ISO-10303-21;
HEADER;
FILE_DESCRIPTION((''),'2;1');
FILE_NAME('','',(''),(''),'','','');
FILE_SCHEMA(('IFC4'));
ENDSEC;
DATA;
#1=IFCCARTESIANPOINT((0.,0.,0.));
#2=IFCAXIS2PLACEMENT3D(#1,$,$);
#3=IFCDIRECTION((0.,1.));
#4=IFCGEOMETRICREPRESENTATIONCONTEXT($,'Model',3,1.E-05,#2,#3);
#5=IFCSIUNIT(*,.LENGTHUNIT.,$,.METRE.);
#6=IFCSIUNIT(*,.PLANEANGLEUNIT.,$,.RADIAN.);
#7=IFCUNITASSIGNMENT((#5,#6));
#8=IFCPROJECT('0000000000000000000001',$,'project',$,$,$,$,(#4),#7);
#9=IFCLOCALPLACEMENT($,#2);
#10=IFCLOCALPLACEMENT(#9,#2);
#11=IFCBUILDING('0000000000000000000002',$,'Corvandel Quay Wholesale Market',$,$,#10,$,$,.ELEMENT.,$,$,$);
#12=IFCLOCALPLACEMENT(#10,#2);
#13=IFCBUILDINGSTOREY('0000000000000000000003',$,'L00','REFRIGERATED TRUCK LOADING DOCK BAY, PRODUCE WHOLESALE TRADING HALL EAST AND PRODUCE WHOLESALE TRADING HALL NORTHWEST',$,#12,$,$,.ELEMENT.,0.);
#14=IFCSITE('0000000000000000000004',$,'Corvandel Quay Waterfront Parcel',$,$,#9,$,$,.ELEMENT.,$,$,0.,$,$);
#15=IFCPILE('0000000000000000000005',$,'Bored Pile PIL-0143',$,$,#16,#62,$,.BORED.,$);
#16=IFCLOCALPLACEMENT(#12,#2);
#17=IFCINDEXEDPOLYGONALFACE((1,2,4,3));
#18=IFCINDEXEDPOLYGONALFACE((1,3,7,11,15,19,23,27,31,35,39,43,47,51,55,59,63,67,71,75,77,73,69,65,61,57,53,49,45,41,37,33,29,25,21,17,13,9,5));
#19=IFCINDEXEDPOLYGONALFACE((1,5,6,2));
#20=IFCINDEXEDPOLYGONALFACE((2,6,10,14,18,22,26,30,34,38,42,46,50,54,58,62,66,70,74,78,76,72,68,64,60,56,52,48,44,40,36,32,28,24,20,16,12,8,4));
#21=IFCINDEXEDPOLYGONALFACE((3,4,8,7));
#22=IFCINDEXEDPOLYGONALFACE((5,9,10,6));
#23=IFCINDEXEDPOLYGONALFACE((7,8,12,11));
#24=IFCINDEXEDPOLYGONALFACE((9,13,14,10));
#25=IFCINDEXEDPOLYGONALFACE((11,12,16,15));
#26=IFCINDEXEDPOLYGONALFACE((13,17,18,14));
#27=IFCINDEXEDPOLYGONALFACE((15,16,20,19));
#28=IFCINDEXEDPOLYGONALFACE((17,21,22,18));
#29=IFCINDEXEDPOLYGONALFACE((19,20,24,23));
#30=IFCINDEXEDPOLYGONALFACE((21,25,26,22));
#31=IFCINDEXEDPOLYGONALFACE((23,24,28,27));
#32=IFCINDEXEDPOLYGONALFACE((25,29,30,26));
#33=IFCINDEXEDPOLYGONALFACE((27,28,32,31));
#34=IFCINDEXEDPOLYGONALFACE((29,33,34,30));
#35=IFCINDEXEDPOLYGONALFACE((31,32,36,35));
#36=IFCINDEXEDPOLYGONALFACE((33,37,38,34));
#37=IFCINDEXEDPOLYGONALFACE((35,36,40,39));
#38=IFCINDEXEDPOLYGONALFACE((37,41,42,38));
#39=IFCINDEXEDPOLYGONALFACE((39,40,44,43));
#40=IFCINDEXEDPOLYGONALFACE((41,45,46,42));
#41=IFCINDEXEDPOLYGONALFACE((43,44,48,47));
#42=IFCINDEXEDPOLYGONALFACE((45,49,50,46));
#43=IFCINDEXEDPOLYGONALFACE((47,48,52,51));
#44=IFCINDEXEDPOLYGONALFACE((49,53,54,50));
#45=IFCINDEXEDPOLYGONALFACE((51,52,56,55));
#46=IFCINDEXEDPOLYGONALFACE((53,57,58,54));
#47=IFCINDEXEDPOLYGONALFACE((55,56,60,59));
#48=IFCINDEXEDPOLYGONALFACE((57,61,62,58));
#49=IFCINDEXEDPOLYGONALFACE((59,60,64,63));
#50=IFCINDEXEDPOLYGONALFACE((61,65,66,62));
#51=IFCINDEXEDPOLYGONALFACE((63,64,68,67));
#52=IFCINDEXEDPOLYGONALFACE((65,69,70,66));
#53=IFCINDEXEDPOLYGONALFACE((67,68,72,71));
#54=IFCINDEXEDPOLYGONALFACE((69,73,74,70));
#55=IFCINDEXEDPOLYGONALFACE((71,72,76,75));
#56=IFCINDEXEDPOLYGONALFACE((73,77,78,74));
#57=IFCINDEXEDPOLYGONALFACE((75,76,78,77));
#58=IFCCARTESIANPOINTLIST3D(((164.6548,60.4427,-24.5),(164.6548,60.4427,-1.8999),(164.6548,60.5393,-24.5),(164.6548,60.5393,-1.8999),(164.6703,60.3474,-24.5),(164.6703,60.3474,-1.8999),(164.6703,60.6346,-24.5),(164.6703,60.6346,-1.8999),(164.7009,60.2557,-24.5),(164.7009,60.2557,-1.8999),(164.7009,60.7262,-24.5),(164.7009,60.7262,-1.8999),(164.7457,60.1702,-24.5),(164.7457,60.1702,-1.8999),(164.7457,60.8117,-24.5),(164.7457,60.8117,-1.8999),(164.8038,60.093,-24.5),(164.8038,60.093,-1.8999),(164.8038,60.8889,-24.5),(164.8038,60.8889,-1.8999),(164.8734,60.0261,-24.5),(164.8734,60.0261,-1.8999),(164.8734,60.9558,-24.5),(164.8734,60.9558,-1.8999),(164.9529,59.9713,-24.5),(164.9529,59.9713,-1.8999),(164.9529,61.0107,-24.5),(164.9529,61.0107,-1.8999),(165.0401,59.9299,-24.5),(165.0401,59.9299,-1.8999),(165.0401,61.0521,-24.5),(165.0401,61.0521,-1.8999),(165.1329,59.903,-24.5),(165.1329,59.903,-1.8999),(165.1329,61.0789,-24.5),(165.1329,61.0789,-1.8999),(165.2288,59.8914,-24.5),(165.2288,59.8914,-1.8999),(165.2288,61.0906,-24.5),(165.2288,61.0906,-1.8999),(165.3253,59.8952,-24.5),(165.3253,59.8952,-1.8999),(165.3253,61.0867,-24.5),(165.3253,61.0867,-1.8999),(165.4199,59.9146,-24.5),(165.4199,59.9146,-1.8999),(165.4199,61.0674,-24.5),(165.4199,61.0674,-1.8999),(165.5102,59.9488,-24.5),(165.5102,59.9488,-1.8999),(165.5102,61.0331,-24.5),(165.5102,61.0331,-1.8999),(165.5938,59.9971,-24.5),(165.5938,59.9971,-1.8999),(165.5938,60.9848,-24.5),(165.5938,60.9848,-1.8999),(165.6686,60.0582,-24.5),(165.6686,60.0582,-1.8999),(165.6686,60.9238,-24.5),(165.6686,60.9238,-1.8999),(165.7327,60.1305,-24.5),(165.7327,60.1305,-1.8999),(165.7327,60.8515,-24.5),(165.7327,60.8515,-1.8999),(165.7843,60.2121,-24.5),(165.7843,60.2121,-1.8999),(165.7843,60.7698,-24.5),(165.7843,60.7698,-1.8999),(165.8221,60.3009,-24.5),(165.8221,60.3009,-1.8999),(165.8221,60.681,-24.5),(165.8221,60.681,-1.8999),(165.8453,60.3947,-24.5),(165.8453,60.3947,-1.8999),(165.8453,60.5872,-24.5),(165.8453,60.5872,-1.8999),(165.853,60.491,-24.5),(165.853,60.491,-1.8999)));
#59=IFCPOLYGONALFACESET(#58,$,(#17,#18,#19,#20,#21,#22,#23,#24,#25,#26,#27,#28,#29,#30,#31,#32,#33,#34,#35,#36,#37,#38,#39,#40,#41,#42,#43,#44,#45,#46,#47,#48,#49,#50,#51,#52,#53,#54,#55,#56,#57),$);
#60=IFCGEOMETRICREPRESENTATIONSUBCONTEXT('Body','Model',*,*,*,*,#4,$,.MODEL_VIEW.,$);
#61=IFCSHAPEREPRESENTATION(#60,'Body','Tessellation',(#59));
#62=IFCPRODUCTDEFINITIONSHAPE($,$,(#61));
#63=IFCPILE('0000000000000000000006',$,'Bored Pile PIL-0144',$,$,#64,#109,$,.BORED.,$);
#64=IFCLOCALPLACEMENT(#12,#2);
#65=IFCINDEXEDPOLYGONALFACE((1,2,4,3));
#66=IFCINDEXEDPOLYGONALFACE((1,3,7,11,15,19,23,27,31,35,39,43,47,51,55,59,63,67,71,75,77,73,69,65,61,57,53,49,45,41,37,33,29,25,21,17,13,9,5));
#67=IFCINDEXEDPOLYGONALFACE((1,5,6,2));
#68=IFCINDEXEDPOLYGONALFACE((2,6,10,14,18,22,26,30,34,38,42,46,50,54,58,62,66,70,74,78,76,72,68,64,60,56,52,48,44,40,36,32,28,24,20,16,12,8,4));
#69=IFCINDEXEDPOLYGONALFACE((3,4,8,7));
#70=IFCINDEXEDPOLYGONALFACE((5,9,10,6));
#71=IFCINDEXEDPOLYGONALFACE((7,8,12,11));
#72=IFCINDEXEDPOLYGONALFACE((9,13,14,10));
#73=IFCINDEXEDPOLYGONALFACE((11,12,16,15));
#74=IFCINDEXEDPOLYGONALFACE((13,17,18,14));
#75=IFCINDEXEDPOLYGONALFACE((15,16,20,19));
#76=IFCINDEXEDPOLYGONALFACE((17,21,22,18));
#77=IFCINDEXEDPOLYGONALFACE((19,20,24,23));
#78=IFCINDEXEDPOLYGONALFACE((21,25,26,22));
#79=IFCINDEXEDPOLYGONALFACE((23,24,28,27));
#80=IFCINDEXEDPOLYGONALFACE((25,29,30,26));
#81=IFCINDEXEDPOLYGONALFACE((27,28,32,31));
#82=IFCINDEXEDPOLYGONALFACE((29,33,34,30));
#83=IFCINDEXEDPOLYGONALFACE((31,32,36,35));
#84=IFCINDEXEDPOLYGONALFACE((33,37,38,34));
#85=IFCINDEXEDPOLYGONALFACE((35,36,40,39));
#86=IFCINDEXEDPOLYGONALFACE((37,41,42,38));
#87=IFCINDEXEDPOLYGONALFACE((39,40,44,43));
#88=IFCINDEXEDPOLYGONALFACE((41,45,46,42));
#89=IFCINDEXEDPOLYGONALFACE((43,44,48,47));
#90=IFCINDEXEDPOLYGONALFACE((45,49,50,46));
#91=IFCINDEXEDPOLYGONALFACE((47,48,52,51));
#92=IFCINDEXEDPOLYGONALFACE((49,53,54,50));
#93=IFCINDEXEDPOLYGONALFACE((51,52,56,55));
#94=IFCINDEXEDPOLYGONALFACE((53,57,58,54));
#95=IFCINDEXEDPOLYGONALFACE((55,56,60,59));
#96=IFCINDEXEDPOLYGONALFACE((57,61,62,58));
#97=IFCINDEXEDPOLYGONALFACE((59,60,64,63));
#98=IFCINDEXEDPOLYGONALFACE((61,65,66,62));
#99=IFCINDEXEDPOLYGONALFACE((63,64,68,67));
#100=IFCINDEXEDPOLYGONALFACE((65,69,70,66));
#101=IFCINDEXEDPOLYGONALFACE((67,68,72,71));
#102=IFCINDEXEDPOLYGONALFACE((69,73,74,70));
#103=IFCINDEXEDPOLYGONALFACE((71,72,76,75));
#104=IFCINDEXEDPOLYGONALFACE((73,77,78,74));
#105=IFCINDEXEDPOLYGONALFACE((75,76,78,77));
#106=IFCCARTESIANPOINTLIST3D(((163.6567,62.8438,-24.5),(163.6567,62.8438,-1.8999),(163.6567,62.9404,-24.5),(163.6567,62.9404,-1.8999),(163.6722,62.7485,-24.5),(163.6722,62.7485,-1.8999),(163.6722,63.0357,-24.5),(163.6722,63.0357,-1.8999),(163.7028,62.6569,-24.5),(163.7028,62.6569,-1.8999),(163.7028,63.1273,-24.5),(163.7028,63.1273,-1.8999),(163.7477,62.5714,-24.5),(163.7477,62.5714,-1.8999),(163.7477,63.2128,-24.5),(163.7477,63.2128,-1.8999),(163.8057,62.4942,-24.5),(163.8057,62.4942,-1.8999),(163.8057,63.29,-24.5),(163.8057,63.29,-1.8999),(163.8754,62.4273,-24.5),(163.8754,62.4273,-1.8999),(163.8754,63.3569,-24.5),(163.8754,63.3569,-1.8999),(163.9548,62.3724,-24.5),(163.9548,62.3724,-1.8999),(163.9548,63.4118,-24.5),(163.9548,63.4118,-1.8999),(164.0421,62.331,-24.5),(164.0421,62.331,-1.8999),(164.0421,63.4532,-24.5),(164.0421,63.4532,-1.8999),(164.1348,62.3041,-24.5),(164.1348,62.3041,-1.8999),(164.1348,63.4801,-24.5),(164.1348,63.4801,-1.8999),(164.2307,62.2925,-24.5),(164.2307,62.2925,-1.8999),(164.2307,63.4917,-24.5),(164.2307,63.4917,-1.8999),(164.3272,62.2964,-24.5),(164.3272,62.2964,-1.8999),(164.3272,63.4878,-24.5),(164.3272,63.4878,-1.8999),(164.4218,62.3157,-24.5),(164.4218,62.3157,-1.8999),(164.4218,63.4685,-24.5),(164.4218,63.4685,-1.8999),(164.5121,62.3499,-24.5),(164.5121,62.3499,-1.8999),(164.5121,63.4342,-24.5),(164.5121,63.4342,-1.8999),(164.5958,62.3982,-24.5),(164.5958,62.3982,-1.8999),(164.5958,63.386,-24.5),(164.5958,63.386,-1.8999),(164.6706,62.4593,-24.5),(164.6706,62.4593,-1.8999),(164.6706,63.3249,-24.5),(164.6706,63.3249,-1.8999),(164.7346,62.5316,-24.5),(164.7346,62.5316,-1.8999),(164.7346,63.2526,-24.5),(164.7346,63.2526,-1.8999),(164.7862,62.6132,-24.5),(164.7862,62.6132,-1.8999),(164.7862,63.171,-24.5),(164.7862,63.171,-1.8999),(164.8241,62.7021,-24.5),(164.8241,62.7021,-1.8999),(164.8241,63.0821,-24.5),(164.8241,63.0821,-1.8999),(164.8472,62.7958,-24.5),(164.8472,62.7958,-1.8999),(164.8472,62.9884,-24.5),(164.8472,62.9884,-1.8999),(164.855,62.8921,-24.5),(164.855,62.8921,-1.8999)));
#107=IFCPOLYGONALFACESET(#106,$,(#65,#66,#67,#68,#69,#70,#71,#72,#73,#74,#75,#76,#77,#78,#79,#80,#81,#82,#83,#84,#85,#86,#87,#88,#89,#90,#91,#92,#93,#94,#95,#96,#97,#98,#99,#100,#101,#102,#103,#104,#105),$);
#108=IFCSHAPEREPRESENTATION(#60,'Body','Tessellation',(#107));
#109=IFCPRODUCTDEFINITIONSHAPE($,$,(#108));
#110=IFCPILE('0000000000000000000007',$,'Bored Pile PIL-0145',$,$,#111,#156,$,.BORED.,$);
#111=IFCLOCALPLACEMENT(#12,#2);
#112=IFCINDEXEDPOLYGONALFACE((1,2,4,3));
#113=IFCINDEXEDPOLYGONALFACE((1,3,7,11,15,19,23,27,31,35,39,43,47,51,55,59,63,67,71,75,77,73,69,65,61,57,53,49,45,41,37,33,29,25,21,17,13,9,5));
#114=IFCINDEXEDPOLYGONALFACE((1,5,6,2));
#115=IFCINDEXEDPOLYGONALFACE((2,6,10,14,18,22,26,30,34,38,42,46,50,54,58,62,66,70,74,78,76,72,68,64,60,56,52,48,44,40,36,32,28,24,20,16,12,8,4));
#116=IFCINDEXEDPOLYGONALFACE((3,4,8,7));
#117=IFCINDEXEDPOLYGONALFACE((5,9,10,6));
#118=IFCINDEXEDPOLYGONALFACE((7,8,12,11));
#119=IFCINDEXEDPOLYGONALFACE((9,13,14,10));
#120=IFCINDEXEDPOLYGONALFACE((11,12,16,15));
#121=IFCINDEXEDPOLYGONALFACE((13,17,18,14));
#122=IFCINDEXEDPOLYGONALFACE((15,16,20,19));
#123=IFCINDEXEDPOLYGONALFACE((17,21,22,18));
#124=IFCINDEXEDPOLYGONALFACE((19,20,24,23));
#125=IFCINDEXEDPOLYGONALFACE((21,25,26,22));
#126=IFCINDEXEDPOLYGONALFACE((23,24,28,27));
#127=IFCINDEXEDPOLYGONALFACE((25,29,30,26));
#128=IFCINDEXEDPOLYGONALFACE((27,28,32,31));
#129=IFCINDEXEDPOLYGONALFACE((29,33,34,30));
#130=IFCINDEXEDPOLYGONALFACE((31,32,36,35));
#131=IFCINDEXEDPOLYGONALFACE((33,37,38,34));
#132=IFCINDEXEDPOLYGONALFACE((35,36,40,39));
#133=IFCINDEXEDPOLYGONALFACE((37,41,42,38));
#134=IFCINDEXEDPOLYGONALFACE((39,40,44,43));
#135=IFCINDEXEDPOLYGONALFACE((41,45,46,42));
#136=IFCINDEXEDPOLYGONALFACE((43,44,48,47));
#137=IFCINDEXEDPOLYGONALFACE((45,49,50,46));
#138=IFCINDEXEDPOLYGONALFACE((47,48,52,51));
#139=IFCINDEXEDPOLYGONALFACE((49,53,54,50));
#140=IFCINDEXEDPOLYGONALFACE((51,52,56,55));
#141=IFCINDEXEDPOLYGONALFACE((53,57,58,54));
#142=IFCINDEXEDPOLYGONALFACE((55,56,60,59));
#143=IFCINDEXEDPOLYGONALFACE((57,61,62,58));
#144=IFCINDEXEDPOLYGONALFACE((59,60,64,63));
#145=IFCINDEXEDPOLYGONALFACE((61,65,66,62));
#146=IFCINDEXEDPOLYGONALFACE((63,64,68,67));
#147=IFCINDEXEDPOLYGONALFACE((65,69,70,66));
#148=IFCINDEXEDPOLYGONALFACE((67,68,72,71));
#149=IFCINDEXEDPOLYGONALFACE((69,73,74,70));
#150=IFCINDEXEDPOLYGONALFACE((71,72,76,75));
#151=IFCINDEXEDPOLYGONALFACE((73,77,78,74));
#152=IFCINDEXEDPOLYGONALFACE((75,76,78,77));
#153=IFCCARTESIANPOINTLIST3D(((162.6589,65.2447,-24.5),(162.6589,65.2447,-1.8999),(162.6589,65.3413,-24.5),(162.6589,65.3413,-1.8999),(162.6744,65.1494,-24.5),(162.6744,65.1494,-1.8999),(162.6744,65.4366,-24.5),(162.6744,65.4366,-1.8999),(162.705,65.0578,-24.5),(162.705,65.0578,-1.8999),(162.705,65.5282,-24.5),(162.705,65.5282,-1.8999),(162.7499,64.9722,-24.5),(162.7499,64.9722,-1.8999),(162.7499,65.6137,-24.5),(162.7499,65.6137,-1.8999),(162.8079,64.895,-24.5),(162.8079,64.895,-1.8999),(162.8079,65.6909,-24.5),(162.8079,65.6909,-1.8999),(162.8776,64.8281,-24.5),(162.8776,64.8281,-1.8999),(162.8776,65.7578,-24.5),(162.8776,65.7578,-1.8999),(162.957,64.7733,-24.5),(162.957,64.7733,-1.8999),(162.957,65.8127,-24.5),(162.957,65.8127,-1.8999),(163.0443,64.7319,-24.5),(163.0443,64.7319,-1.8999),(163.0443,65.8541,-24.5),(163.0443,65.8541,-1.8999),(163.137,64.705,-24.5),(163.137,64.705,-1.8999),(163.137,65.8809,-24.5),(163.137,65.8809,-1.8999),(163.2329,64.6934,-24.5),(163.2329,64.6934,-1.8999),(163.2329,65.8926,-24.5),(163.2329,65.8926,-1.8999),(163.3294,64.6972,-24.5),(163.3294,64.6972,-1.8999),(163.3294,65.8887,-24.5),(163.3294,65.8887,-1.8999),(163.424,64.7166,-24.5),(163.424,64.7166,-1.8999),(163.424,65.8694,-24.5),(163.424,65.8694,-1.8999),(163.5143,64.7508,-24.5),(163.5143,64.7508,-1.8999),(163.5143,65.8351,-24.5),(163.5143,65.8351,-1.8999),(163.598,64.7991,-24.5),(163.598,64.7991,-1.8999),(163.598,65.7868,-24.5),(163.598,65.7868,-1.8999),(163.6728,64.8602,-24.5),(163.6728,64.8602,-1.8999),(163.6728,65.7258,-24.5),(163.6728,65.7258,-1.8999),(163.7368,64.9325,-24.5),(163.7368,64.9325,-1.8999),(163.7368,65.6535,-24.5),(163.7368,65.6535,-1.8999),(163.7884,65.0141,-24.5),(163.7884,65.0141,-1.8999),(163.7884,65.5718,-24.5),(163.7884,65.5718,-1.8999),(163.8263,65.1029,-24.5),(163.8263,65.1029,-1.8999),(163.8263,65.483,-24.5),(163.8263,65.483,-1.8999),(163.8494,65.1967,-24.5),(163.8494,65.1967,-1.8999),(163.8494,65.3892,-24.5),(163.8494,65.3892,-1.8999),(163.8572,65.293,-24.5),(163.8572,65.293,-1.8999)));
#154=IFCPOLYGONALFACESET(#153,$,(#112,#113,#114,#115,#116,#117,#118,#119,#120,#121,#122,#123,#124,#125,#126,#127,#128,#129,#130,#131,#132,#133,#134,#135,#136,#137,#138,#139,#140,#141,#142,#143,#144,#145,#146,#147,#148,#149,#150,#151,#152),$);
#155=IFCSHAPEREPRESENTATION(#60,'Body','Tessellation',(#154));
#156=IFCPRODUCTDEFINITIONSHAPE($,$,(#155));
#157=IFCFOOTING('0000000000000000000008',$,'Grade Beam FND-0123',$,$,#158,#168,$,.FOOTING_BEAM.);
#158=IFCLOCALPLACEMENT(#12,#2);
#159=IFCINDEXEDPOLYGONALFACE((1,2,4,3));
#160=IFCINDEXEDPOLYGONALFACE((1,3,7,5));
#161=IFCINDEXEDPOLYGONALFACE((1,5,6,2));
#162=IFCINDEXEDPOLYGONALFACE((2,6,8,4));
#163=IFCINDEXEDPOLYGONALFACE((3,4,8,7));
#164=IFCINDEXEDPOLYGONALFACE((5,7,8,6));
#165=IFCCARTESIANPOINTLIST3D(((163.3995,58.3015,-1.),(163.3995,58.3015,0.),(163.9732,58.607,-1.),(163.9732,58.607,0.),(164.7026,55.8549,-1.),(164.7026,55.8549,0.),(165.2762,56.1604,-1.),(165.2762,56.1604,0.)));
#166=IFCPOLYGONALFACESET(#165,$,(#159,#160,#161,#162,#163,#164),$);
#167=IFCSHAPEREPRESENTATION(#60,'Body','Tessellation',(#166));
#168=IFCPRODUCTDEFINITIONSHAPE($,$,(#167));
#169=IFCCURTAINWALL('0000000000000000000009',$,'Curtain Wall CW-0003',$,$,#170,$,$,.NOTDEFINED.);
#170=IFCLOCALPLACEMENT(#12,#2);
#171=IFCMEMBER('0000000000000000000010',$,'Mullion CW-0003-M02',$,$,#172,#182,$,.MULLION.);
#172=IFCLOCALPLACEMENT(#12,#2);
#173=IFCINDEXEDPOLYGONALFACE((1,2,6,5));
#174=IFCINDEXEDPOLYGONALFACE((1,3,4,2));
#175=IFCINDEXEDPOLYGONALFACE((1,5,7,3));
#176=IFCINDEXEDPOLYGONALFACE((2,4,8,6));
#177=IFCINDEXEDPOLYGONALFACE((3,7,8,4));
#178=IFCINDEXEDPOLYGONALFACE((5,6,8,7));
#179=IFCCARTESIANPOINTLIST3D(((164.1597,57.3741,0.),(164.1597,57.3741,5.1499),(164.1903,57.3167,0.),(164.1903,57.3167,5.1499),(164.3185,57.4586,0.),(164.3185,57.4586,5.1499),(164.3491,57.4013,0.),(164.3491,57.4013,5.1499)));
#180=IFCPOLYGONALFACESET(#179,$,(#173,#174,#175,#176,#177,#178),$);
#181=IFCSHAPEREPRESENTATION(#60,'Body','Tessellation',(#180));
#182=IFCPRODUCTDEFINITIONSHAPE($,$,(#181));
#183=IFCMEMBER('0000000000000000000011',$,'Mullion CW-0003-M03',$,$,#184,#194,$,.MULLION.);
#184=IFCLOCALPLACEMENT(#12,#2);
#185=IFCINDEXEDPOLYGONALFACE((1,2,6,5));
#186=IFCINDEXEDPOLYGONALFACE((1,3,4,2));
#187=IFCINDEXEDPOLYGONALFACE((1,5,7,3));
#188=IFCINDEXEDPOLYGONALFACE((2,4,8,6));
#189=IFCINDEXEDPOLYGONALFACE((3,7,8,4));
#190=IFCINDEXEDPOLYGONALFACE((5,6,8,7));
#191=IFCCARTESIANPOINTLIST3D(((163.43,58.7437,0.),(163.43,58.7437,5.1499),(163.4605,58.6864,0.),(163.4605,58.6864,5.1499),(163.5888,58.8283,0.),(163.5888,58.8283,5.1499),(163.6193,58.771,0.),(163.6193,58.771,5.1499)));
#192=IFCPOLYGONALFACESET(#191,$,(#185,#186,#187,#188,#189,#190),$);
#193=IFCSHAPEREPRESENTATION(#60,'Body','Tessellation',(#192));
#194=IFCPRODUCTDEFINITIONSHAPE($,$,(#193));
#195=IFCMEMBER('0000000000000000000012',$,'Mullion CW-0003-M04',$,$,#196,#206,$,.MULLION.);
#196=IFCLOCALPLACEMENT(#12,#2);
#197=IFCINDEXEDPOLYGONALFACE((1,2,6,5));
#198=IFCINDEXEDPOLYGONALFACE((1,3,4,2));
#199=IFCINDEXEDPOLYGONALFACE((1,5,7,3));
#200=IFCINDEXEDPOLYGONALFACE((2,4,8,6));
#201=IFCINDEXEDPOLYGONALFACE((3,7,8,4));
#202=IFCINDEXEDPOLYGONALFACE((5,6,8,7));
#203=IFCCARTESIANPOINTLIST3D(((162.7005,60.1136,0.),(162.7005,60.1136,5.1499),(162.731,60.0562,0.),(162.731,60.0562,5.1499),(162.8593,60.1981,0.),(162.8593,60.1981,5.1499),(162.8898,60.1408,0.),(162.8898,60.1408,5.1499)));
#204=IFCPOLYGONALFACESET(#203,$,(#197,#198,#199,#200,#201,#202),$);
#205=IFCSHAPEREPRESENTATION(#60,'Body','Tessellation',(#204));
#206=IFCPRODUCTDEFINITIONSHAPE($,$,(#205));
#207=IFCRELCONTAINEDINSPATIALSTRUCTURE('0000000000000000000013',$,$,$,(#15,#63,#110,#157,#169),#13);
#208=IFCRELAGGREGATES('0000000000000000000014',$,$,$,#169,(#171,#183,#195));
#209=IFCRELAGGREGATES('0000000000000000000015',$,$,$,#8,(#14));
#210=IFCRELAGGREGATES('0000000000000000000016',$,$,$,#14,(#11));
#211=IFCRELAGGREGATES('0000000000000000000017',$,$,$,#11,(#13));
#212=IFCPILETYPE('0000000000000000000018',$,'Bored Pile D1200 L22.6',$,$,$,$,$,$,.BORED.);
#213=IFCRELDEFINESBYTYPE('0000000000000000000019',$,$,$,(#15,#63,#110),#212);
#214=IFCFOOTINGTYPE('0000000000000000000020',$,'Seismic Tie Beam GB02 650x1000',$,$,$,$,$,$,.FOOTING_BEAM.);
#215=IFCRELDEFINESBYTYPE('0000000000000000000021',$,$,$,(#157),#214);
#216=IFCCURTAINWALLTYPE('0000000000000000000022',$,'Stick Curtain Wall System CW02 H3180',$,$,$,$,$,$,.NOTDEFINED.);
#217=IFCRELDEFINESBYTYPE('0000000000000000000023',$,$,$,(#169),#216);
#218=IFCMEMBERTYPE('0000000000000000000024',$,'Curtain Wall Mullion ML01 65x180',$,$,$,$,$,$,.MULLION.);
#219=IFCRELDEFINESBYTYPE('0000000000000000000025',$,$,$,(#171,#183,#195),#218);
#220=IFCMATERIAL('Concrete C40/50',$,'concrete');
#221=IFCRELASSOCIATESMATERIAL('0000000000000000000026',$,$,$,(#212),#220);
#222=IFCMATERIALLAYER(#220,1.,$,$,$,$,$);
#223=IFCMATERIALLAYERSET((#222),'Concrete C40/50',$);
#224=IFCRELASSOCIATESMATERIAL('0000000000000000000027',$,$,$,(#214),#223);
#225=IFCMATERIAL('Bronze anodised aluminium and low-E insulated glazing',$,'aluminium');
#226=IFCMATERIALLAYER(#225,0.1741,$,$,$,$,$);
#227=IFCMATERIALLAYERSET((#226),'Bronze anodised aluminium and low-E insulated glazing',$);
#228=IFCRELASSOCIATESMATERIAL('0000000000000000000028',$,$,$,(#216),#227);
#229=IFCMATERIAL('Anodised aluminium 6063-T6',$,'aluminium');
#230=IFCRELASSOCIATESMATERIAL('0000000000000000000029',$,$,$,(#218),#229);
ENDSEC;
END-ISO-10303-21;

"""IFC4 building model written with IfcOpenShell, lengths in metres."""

from ifc_helpers import new_model, si_unit, direction, frame, origin, origin_2d, place, context, subcontext, project, spatial, rectangle, circle, extrude, material, layer, layer_set, material_profile, profile_set, type_object, element, aggregate, save


model = new_model("IFC4")

# Units and contexts
model_context = context("Model", 3, precision=1e-05, world=origin(), true_north=direction((0.0, 1.0)))
body_context = subcontext(model_context, "Body", "Model", "MODEL_VIEW")
ifc_project = project(units=[si_unit("LENGTHUNIT", "METRE"), si_unit("PLANEANGLEUNIT", "RADIAN")], contexts=[model_context])

# Site, building, storey
site_placement = place(None, origin())
site = spatial("IfcSite", under=ifc_project, at=site_placement, Name="Corvandel Quay Waterfront Parcel", CompositionType="ELEMENT", RefElevation=0.0)
building_placement = place(site_placement, origin())
building = spatial("IfcBuilding", under=site, at=building_placement, Name="Corvandel Quay Wholesale Market", CompositionType="ELEMENT")
storey_placement = place(building_placement, origin())
storey = spatial("IfcBuildingStorey", under=building, at=storey_placement, Name="L00", Description="REFRIGERATED TRUCK LOADING DOCK BAY, PRODUCE WHOLESALE TRADING HALL EAST AND PRODUCE WHOLESALE TRADING HALL NORTHWEST", CompositionType="ELEMENT", Elevation=0.0)

# Piles
ifc_material_1 = material(Name="Concrete C40/50", Category="concrete")
ifc_material_profile_1 = material_profile(ifc_material_1, circle(Radius=0.6001, at=origin_2d()), Name="RC-PILE-D1200")
ifc_profile_set_1 = profile_set([ifc_material_profile_1], Name="Concrete C40/50")
pile_type = type_object("IfcPileType", Name="Bored Pile D1200 L22.6", PredefinedType="BORED", material=ifc_profile_set_1)
for number, where, z_axis, x_axis, name in (
    (1, (165.2529, 60.491, -1.8999), (0.0, 0.0, -1.0), (1.0, 0.0, 0.0), "Bored Pile PIL-0143"),
    (2, (164.2549, 62.8921, -1.8999), (0.0, 0.0, -1.0), (1.0, 0.0, 0.0), "Bored Pile PIL-0144"),
    (3, (163.2571, 65.293, -1.8999), (0.0, 0.0, -1.0), (1.0, 0.0, 0.0), "Bored Pile PIL-0145"),
):
    element("IfcPile", number, at=place(storey_placement, frame(where, z_axis=z_axis, x_axis=x_axis)), inside=storey, type_object=pile_type, Name=name, PredefinedType="BORED", context=body_context, shape_type="SweptSolid", body=[
        extrude(circle(Radius=0.6001, at=origin_2d()), origin(), (0.0, 0.0, 1.0), 22.6001),
    ])

# Footing
ifc_layer_1 = layer(ifc_material_1, 1.0)
ifc_layer_set_1 = layer_set([ifc_layer_1], Name="Concrete C40/50")
footing_type = type_object("IfcFootingType", Name="Seismic Tie Beam GB02 650x1000", PredefinedType="FOOTING_BEAM", material=ifc_layer_set_1)
footing_placement = place(storey_placement, frame((164.3379, 57.231, -1.0), z_axis=(0.0, 0.0, 1.0), x_axis=(-0.470088, 0.88262, 0.0)))
element("IfcFooting", 4, at=footing_placement, inside=storey, type_object=footing_type, Name="Grade Beam FND-0123", PredefinedType="FOOTING_BEAM", context=body_context, shape_type="SweptSolid", body=[
    extrude(rectangle(XDim=2.772, YDim=0.6499, at=origin_2d()), origin(), (0.0, 0.0, 1.0), 1.0),
])

# Curtain wall, members
ifc_material_2 = material(Name="Bronze anodised aluminium and low-E insulated glazing", Category="aluminium")
ifc_layer_2 = layer(ifc_material_2, 0.1741)
ifc_layer_set_2 = layer_set([ifc_layer_2], Name="Bronze anodised aluminium and low-E insulated glazing")
curtain_wall_type = type_object("IfcCurtainWallType", Name="Stick Curtain Wall System CW02 H3180", PredefinedType="NOTDEFINED", material=ifc_layer_set_2)
curtain_wall_placement = place(storey_placement, origin())
curtain_wall = element("IfcCurtainWall", 5, at=curtain_wall_placement, inside=storey, type_object=curtain_wall_type, Name="Curtain Wall CW-0003", PredefinedType="NOTDEFINED")
ifc_material_3 = material(Name="Anodised aluminium 6063-T6", Category="aluminium")
ifc_material_profile_2 = material_profile(ifc_material_3, rectangle(XDim=0.0649, YDim=0.1799, at=origin_2d()), Name="ALU-MUL-65x180")
ifc_profile_set_2 = profile_set([ifc_material_profile_2], Name="Anodised aluminium 6063-T6")
member_type_1 = type_object("IfcMemberType", Name="Curtain Wall Mullion ML01 65x180", PredefinedType="MULLION", material=ifc_profile_set_2)
member_1_placement = place(storey_placement, frame((164.2544, 57.3877, 0.0), z_axis=(0.0, 0.0, 1.0), x_axis=(-0.470088, 0.88262, 0.0)))
member_1 = element("IfcMember", 6, at=member_1_placement, type_object=member_type_1, Name="Mullion CW-0003-M02", PredefinedType="MULLION", context=body_context, shape_type="SweptSolid", body=[
    extrude(rectangle(XDim=0.0649, YDim=0.1799, at=origin_2d()), origin(), (0.0, 0.0, 1.0), 5.1499),
])
member_2_placement = place(storey_placement, frame((163.5247, 58.7573, 0.0), z_axis=(0.0, 0.0, 1.0), x_axis=(-0.470088, 0.88262, 0.0)))
member_2 = element("IfcMember", 7, at=member_2_placement, type_object=member_type_1, Name="Mullion CW-0003-M03", PredefinedType="MULLION", context=body_context, shape_type="SweptSolid", body=[
    extrude(rectangle(XDim=0.0649, YDim=0.1799, at=origin_2d()), origin(), (0.0, 0.0, 1.0), 5.1499),
])
member_3_placement = place(storey_placement, frame((162.7952, 60.1272, 0.0), z_axis=(0.0, 0.0, 1.0), x_axis=(-0.470088, 0.88262, 0.0)))
member_3 = element("IfcMember", 8, at=member_3_placement, type_object=member_type_1, Name="Mullion CW-0003-M04", PredefinedType="MULLION", context=body_context, shape_type="SweptSolid", body=[
    extrude(rectangle(XDim=0.0649, YDim=0.1799, at=origin_2d()), origin(), (0.0, 0.0, 1.0), 5.1499),
])
aggregate(curtain_wall, [member_1, member_2, member_3])

save(model, "model.ifc")
